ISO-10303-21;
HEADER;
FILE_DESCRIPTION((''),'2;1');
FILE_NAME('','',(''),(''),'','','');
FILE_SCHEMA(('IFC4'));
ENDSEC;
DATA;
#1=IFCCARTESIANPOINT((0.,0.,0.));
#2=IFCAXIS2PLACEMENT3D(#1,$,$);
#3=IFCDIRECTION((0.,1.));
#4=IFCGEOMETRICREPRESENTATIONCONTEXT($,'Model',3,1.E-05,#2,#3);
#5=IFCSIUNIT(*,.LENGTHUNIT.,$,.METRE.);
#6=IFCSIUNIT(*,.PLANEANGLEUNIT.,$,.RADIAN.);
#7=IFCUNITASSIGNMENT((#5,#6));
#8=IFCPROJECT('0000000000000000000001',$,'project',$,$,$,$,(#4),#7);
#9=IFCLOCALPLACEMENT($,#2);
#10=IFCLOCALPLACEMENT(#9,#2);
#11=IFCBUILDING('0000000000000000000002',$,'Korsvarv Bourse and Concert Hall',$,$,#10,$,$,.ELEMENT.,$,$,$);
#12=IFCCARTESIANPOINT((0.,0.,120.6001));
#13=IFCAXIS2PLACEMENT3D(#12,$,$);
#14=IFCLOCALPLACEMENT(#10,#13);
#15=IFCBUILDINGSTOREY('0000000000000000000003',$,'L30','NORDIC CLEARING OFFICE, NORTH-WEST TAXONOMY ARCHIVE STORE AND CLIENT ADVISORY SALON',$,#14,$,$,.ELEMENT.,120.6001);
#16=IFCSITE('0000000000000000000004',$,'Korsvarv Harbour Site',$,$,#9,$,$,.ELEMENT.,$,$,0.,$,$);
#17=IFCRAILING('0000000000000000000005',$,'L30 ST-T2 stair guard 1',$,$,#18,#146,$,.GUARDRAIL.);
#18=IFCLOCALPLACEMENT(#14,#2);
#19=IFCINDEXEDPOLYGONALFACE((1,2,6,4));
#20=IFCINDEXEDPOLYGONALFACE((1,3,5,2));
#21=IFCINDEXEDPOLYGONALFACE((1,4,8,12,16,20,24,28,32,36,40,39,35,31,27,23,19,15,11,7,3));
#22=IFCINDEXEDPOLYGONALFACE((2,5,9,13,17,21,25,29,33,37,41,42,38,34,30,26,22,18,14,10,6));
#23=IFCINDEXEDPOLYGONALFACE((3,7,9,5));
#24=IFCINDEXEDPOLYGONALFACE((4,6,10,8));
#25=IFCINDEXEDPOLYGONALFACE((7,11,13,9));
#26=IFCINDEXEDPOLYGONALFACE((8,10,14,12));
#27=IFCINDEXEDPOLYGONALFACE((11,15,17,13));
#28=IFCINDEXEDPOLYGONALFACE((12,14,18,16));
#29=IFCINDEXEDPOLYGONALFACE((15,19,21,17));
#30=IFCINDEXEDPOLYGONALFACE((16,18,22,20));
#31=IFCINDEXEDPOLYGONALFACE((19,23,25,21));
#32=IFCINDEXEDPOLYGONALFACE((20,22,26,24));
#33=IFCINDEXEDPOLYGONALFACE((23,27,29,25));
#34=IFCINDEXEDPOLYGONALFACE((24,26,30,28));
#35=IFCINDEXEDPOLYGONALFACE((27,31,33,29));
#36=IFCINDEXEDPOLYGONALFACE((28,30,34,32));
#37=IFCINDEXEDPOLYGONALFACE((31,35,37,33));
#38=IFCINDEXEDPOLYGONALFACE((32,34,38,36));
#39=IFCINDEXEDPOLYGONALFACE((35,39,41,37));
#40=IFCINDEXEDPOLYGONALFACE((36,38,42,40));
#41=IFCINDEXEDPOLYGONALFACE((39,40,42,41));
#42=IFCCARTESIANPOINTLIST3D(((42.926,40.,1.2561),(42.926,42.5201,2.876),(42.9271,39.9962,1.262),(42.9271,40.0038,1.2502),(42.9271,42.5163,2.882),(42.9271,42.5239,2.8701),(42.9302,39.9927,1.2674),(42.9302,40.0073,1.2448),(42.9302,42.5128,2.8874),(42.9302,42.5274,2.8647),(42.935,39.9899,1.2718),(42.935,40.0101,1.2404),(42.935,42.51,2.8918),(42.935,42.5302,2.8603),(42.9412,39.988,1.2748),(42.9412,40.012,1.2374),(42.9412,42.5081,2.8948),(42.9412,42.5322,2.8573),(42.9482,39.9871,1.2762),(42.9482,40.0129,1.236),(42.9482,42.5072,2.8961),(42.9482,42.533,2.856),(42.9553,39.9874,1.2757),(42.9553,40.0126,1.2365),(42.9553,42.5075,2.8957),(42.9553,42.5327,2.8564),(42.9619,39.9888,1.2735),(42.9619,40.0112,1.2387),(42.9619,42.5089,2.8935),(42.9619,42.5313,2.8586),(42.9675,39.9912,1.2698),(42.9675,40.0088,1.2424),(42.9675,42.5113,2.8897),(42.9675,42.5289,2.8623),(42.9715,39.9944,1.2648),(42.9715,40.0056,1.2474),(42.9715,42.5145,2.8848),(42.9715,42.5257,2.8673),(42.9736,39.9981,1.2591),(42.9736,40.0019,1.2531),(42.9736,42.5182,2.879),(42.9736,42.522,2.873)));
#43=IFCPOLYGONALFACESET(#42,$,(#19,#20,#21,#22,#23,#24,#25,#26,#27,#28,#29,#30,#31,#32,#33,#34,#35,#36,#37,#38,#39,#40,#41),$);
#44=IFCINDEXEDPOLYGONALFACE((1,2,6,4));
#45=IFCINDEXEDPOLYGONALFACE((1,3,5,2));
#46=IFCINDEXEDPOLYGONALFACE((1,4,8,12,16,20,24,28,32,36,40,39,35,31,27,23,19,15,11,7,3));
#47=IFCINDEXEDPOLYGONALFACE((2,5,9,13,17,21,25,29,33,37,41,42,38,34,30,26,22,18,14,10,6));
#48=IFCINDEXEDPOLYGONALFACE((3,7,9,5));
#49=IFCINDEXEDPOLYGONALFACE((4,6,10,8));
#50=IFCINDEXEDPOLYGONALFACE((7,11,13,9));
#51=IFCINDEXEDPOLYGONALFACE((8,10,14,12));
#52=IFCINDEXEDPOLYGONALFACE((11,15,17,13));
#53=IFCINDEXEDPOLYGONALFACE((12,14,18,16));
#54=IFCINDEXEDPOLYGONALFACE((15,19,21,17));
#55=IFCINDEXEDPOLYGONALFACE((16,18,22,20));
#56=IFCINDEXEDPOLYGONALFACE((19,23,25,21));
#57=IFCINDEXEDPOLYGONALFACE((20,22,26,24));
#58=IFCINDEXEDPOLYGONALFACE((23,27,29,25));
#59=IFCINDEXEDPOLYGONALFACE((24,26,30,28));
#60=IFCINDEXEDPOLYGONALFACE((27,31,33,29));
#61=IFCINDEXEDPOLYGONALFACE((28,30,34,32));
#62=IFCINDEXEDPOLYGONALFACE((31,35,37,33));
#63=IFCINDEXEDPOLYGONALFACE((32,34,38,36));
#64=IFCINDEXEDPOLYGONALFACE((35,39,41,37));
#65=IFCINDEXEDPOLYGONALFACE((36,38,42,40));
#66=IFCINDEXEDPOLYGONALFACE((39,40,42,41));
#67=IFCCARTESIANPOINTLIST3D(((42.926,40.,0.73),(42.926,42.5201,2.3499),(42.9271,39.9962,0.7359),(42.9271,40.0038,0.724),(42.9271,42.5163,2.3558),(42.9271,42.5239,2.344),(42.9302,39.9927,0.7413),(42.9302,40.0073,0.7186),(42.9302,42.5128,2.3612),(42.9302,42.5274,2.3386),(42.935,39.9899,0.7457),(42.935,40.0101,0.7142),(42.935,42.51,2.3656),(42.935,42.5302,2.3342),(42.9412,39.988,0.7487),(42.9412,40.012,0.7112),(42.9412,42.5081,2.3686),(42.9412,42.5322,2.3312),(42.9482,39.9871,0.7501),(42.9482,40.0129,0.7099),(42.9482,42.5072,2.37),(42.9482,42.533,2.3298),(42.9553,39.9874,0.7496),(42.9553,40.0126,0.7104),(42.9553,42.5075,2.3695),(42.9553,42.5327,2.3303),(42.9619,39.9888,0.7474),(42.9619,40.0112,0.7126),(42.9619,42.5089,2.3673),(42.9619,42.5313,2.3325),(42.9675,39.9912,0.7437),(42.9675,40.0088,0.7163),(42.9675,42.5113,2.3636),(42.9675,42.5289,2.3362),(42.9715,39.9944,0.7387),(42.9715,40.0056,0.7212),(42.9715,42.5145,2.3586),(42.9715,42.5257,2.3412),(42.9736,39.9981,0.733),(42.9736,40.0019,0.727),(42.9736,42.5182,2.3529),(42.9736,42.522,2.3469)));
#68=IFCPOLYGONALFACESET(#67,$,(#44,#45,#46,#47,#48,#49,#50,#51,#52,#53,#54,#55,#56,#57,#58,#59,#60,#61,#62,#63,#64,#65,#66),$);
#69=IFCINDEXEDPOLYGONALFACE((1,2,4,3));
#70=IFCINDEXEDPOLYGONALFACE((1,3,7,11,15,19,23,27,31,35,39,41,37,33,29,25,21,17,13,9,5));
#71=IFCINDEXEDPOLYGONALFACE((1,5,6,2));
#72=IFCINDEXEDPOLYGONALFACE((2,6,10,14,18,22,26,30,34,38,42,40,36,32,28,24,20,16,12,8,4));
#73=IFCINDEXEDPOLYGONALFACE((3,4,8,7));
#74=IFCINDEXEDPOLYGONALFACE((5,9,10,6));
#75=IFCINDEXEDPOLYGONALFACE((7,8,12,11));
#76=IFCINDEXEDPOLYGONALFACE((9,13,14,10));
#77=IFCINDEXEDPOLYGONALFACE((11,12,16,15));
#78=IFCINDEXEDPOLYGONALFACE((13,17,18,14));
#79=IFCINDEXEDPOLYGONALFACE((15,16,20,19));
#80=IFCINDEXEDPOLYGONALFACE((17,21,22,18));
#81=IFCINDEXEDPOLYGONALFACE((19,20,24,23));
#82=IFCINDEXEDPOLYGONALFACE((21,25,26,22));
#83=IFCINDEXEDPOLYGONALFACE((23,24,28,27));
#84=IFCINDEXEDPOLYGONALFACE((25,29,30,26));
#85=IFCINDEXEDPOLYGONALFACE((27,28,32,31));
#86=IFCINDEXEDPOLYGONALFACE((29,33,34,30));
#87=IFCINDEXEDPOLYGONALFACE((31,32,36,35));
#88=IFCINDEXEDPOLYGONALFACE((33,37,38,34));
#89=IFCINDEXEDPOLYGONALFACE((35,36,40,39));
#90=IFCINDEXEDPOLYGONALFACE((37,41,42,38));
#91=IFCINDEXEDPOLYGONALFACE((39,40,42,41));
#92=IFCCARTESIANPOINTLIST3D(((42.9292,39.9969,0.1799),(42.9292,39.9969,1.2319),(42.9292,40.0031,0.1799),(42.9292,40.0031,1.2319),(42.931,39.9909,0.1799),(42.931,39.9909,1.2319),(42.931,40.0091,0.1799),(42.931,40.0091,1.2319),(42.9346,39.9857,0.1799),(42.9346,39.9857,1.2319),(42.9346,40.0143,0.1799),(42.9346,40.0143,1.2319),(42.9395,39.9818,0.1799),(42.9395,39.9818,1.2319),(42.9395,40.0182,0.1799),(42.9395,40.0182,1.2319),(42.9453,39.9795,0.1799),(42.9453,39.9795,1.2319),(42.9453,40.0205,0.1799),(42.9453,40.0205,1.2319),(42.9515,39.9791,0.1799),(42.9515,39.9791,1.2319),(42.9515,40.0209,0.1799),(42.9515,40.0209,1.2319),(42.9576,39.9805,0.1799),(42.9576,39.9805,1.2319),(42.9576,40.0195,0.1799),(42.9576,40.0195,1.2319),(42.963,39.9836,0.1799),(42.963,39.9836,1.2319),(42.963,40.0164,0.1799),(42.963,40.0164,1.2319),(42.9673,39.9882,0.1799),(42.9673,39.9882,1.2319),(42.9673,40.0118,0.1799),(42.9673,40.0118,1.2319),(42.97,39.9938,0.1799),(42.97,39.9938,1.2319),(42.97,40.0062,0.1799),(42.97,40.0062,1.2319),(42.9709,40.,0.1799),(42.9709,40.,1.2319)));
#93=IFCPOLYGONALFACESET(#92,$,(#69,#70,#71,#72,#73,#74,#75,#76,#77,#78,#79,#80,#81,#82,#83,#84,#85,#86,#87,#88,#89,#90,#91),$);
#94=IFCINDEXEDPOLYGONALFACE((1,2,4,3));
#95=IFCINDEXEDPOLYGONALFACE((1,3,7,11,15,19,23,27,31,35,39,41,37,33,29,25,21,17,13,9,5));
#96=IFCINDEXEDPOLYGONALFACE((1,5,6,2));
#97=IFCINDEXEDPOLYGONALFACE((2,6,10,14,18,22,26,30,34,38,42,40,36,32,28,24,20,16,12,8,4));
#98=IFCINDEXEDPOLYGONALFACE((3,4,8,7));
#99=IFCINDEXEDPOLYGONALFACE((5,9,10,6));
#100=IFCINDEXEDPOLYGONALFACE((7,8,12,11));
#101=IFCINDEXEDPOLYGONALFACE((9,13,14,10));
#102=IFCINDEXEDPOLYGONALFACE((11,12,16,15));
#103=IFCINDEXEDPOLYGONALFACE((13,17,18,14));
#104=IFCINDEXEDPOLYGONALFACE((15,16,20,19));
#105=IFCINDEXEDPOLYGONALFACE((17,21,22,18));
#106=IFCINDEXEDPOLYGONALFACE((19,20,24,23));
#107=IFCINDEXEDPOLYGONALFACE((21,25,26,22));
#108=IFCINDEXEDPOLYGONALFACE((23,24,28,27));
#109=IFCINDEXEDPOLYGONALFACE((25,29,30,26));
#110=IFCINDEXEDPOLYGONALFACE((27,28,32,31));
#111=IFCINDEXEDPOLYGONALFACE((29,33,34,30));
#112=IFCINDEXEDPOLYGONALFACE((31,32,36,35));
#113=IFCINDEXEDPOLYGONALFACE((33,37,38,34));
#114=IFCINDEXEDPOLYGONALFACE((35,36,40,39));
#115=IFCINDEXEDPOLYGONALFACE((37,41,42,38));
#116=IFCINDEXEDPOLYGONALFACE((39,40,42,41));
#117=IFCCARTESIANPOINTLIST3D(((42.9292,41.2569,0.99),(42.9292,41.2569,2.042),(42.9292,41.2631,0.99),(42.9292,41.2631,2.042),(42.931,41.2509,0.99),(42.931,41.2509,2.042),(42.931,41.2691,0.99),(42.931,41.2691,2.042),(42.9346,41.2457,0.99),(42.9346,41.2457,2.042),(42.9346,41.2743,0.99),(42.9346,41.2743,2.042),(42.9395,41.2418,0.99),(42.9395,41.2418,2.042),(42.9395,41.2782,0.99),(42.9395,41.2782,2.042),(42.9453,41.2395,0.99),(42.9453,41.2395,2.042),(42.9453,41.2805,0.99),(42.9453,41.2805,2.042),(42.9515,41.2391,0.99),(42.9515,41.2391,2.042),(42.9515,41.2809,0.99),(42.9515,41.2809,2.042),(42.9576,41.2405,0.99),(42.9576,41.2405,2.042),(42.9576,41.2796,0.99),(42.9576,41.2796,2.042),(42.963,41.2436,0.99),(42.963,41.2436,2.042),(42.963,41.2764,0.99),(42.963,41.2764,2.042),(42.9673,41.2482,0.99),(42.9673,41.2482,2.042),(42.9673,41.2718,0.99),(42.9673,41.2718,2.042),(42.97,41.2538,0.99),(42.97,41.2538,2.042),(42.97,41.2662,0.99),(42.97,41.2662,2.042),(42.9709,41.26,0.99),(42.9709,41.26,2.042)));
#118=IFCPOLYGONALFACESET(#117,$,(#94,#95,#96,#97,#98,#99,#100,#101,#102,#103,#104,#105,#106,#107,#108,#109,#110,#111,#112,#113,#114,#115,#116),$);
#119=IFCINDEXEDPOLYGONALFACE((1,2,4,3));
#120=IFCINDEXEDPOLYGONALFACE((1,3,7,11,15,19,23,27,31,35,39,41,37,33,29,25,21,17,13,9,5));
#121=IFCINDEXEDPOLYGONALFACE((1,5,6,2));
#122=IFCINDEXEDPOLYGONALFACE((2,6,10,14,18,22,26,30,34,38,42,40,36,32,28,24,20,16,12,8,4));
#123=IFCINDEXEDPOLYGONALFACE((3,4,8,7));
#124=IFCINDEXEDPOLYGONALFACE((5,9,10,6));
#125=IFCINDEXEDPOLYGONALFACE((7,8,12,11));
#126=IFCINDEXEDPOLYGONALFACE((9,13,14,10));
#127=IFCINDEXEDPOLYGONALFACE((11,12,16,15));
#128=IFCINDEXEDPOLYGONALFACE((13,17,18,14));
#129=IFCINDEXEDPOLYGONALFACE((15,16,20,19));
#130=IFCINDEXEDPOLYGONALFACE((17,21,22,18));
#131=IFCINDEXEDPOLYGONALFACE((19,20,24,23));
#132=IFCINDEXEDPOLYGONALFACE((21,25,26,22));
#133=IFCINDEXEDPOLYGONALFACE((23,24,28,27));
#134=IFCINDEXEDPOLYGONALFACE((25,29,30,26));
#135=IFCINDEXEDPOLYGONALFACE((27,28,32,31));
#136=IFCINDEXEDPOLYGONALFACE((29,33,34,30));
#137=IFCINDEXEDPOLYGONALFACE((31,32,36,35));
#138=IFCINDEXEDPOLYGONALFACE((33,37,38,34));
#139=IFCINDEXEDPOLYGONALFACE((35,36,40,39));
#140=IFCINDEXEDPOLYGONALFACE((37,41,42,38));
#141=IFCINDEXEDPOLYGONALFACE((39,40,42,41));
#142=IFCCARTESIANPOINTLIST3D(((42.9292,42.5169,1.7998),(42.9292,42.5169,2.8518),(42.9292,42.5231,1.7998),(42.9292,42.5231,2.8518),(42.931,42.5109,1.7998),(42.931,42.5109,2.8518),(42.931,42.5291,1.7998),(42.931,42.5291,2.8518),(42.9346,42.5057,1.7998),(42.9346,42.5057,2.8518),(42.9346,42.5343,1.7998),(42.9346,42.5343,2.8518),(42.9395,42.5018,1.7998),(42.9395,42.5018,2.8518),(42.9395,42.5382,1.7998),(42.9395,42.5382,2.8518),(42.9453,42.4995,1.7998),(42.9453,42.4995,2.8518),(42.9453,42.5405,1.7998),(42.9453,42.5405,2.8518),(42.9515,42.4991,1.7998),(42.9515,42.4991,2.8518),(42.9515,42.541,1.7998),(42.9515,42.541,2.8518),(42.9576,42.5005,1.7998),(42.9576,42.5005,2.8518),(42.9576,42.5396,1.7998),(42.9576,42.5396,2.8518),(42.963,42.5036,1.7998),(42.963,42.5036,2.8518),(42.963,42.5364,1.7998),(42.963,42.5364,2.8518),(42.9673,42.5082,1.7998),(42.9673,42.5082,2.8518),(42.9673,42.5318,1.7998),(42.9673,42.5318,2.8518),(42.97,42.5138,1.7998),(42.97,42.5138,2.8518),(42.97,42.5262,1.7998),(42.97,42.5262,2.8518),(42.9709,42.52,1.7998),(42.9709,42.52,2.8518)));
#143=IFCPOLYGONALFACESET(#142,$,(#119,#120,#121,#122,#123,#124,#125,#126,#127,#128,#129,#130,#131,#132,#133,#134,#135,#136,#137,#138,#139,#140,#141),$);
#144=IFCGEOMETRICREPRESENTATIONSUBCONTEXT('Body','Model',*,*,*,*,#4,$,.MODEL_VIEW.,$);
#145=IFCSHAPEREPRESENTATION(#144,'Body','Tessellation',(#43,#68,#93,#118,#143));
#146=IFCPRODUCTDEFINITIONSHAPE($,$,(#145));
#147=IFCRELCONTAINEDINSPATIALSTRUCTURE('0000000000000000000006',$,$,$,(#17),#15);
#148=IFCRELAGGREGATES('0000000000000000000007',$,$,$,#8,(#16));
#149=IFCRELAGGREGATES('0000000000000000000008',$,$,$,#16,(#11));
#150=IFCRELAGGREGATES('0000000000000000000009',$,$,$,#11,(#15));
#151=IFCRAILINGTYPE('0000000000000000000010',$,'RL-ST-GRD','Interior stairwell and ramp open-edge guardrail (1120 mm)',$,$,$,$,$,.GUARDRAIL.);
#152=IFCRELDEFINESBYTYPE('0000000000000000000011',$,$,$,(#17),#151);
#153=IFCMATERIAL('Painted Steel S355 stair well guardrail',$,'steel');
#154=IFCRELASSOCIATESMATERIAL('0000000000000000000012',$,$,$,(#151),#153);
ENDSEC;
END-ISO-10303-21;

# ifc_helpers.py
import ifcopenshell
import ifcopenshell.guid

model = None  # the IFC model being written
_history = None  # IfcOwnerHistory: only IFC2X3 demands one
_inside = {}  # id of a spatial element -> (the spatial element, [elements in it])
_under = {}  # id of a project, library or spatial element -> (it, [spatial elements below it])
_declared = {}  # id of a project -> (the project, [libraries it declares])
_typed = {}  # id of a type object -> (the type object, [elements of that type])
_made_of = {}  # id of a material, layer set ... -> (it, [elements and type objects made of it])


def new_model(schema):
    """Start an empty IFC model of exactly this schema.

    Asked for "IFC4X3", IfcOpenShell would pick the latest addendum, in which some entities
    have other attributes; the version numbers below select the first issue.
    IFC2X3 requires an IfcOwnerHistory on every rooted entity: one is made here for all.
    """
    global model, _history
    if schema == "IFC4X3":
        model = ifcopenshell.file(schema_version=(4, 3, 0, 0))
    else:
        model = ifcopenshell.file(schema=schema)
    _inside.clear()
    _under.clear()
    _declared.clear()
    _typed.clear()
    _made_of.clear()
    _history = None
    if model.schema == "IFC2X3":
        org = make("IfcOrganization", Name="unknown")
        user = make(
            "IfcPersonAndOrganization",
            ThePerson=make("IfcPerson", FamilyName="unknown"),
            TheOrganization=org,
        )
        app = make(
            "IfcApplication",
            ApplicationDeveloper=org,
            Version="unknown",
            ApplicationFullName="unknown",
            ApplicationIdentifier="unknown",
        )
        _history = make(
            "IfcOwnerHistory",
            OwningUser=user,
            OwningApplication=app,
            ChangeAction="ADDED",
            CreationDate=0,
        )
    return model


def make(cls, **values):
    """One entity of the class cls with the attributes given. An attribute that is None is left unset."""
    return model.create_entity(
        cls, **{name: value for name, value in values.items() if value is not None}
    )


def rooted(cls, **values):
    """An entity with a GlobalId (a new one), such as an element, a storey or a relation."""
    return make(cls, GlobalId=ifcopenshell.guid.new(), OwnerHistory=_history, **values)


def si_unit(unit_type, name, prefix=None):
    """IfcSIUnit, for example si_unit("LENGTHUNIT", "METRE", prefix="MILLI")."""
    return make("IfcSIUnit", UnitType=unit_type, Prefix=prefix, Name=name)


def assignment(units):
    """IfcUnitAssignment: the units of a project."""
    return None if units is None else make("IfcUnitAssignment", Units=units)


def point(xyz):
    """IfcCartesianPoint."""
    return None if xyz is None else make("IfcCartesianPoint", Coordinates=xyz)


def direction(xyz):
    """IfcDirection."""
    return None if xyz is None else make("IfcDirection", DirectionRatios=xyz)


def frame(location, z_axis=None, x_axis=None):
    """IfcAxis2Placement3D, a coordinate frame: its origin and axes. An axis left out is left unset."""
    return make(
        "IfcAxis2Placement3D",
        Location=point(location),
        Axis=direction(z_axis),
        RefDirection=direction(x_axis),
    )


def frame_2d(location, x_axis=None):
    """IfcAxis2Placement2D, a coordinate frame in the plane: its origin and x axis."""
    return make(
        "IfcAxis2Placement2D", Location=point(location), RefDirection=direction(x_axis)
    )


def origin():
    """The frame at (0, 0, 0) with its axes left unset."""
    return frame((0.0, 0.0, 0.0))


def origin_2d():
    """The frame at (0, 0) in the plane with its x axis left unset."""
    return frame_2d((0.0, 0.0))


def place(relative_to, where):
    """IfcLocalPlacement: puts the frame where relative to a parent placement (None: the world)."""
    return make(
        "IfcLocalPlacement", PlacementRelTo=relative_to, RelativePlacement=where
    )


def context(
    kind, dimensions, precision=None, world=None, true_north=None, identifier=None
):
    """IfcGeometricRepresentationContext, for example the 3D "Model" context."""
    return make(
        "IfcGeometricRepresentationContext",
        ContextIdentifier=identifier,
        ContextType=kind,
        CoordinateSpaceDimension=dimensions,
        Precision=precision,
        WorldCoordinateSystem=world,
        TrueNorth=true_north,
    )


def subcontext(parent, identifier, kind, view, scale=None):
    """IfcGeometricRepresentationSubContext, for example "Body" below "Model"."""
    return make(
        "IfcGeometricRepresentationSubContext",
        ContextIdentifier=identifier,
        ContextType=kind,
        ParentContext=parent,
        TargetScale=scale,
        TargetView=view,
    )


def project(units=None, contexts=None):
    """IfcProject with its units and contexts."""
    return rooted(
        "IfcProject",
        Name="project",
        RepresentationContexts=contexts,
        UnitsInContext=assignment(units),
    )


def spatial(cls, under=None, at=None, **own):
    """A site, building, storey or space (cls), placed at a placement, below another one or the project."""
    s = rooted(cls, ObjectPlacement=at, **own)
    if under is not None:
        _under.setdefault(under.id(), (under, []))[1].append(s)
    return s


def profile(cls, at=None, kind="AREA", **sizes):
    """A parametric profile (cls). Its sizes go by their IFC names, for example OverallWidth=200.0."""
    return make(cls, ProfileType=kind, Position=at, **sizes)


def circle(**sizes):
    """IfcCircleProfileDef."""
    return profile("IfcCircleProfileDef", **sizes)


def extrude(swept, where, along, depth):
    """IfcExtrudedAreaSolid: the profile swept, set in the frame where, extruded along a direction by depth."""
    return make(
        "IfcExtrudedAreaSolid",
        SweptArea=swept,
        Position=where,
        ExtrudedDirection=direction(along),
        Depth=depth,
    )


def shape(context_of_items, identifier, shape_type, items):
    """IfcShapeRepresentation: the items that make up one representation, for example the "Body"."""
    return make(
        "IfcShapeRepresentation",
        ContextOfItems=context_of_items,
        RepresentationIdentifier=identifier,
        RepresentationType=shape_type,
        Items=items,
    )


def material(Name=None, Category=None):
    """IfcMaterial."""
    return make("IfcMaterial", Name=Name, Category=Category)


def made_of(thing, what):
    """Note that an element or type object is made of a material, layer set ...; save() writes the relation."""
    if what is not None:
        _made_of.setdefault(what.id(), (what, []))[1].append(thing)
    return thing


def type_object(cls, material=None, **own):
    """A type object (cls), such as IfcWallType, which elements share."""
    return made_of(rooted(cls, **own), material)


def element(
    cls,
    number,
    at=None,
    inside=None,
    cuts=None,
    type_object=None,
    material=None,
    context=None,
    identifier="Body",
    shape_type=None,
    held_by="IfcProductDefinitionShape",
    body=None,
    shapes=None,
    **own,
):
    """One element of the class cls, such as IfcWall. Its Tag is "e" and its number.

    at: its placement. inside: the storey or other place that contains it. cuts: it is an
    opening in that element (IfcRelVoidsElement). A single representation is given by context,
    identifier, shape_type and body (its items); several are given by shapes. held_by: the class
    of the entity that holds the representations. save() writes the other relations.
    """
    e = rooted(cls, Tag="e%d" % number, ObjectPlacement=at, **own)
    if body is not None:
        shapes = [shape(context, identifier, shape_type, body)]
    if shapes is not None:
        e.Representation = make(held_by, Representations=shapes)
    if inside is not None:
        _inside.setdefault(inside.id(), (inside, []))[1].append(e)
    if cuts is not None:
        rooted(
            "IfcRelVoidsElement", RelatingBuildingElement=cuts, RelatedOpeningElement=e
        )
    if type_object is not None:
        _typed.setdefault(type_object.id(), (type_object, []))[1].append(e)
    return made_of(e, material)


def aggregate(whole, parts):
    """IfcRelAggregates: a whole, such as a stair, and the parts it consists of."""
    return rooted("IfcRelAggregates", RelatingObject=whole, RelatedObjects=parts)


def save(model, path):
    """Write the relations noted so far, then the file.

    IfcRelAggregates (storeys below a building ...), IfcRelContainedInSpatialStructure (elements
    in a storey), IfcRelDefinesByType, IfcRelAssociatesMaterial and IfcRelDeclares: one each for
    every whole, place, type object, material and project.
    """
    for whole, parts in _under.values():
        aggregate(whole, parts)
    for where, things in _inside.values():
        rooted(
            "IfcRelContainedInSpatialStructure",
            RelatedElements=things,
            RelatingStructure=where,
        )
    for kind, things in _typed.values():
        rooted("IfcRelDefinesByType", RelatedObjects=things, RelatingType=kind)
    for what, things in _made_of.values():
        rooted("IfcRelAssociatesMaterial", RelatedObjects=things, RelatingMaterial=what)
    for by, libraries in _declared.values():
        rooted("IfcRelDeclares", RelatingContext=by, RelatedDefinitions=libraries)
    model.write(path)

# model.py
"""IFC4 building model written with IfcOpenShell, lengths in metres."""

from ifc_helpers import new_model, si_unit, direction, frame, origin, origin_2d, place, context, subcontext, project, spatial, circle, extrude, material, type_object, element, save


model = new_model("IFC4")

# Units and contexts
model_context = context("Model", 3, precision=1e-05, world=origin(), true_north=direction((0.0, 1.0)))
body_context = subcontext(model_context, "Body", "Model", "MODEL_VIEW")
ifc_project = project(units=[si_unit("LENGTHUNIT", "METRE"), si_unit("PLANEANGLEUNIT", "RADIAN")], contexts=[model_context])

# Site, building, storey
site_placement = place(None, origin())
site = spatial("IfcSite", under=ifc_project, at=site_placement, Name="Korsvarv Harbour Site", CompositionType="ELEMENT", RefElevation=0.0)
building_placement = place(site_placement, origin())
building = spatial("IfcBuilding", under=site, at=building_placement, Name="Korsvarv Bourse and Concert Hall", CompositionType="ELEMENT")
storey_placement = place(building_placement, frame((0.0, 0.0, 120.6001)))
storey = spatial("IfcBuildingStorey", under=building, at=storey_placement, Name="L30", Description="NORDIC CLEARING OFFICE, NORTH-WEST TAXONOMY ARCHIVE STORE AND CLIENT ADVISORY SALON", CompositionType="ELEMENT", Elevation=120.6001)

# Railing
ifc_material_1 = material(Name="Painted Steel S355 stair well guardrail", Category="steel")
railing_type_1 = type_object("IfcRailingType", Name="RL-ST-GRD", Description="Interior stairwell and ramp open-edge guardrail (1120 mm)", PredefinedType="GUARDRAIL", material=ifc_material_1)
railing_1_placement = place(storey_placement, frame((42.95, 40.0, 0.1799)))
element("IfcRailing", 1, at=railing_1_placement, inside=storey, type_object=railing_type_1, Name="L30 ST-T2 stair guard 1", PredefinedType="GUARDRAIL", context=body_context, shape_type="SweptSolid", body=[
    extrude(circle(Radius=0.0239, at=origin_2d()), frame((0.0, 0.0, 1.0762), z_axis=(0.0, 0.8412, 0.540725), x_axis=(-1.0, 0.0, 0.0)), (0.0, 0.0, 1.0), 2.9958),
    extrude(circle(Radius=0.0239, at=origin_2d()), frame((0.0, 0.0, 0.55), z_axis=(0.0, 0.8412, 0.540725), x_axis=(-1.0, 0.0, 0.0)), (0.0, 0.0, 1.0), 2.9958),
    extrude(circle(Radius=0.021, at=origin_2d()), origin(), (0.0, 0.0, 1.0), 1.052),
    extrude(circle(Radius=0.021, at=origin_2d()), frame((0.0, 1.26, 0.8101)), (0.0, 0.0, 1.0), 1.052),
    extrude(circle(Radius=0.021, at=origin_2d()), frame((0.0, 2.52, 1.6199)), (0.0, 0.0, 1.0), 1.052),
])

save(model, "model.ifc")
